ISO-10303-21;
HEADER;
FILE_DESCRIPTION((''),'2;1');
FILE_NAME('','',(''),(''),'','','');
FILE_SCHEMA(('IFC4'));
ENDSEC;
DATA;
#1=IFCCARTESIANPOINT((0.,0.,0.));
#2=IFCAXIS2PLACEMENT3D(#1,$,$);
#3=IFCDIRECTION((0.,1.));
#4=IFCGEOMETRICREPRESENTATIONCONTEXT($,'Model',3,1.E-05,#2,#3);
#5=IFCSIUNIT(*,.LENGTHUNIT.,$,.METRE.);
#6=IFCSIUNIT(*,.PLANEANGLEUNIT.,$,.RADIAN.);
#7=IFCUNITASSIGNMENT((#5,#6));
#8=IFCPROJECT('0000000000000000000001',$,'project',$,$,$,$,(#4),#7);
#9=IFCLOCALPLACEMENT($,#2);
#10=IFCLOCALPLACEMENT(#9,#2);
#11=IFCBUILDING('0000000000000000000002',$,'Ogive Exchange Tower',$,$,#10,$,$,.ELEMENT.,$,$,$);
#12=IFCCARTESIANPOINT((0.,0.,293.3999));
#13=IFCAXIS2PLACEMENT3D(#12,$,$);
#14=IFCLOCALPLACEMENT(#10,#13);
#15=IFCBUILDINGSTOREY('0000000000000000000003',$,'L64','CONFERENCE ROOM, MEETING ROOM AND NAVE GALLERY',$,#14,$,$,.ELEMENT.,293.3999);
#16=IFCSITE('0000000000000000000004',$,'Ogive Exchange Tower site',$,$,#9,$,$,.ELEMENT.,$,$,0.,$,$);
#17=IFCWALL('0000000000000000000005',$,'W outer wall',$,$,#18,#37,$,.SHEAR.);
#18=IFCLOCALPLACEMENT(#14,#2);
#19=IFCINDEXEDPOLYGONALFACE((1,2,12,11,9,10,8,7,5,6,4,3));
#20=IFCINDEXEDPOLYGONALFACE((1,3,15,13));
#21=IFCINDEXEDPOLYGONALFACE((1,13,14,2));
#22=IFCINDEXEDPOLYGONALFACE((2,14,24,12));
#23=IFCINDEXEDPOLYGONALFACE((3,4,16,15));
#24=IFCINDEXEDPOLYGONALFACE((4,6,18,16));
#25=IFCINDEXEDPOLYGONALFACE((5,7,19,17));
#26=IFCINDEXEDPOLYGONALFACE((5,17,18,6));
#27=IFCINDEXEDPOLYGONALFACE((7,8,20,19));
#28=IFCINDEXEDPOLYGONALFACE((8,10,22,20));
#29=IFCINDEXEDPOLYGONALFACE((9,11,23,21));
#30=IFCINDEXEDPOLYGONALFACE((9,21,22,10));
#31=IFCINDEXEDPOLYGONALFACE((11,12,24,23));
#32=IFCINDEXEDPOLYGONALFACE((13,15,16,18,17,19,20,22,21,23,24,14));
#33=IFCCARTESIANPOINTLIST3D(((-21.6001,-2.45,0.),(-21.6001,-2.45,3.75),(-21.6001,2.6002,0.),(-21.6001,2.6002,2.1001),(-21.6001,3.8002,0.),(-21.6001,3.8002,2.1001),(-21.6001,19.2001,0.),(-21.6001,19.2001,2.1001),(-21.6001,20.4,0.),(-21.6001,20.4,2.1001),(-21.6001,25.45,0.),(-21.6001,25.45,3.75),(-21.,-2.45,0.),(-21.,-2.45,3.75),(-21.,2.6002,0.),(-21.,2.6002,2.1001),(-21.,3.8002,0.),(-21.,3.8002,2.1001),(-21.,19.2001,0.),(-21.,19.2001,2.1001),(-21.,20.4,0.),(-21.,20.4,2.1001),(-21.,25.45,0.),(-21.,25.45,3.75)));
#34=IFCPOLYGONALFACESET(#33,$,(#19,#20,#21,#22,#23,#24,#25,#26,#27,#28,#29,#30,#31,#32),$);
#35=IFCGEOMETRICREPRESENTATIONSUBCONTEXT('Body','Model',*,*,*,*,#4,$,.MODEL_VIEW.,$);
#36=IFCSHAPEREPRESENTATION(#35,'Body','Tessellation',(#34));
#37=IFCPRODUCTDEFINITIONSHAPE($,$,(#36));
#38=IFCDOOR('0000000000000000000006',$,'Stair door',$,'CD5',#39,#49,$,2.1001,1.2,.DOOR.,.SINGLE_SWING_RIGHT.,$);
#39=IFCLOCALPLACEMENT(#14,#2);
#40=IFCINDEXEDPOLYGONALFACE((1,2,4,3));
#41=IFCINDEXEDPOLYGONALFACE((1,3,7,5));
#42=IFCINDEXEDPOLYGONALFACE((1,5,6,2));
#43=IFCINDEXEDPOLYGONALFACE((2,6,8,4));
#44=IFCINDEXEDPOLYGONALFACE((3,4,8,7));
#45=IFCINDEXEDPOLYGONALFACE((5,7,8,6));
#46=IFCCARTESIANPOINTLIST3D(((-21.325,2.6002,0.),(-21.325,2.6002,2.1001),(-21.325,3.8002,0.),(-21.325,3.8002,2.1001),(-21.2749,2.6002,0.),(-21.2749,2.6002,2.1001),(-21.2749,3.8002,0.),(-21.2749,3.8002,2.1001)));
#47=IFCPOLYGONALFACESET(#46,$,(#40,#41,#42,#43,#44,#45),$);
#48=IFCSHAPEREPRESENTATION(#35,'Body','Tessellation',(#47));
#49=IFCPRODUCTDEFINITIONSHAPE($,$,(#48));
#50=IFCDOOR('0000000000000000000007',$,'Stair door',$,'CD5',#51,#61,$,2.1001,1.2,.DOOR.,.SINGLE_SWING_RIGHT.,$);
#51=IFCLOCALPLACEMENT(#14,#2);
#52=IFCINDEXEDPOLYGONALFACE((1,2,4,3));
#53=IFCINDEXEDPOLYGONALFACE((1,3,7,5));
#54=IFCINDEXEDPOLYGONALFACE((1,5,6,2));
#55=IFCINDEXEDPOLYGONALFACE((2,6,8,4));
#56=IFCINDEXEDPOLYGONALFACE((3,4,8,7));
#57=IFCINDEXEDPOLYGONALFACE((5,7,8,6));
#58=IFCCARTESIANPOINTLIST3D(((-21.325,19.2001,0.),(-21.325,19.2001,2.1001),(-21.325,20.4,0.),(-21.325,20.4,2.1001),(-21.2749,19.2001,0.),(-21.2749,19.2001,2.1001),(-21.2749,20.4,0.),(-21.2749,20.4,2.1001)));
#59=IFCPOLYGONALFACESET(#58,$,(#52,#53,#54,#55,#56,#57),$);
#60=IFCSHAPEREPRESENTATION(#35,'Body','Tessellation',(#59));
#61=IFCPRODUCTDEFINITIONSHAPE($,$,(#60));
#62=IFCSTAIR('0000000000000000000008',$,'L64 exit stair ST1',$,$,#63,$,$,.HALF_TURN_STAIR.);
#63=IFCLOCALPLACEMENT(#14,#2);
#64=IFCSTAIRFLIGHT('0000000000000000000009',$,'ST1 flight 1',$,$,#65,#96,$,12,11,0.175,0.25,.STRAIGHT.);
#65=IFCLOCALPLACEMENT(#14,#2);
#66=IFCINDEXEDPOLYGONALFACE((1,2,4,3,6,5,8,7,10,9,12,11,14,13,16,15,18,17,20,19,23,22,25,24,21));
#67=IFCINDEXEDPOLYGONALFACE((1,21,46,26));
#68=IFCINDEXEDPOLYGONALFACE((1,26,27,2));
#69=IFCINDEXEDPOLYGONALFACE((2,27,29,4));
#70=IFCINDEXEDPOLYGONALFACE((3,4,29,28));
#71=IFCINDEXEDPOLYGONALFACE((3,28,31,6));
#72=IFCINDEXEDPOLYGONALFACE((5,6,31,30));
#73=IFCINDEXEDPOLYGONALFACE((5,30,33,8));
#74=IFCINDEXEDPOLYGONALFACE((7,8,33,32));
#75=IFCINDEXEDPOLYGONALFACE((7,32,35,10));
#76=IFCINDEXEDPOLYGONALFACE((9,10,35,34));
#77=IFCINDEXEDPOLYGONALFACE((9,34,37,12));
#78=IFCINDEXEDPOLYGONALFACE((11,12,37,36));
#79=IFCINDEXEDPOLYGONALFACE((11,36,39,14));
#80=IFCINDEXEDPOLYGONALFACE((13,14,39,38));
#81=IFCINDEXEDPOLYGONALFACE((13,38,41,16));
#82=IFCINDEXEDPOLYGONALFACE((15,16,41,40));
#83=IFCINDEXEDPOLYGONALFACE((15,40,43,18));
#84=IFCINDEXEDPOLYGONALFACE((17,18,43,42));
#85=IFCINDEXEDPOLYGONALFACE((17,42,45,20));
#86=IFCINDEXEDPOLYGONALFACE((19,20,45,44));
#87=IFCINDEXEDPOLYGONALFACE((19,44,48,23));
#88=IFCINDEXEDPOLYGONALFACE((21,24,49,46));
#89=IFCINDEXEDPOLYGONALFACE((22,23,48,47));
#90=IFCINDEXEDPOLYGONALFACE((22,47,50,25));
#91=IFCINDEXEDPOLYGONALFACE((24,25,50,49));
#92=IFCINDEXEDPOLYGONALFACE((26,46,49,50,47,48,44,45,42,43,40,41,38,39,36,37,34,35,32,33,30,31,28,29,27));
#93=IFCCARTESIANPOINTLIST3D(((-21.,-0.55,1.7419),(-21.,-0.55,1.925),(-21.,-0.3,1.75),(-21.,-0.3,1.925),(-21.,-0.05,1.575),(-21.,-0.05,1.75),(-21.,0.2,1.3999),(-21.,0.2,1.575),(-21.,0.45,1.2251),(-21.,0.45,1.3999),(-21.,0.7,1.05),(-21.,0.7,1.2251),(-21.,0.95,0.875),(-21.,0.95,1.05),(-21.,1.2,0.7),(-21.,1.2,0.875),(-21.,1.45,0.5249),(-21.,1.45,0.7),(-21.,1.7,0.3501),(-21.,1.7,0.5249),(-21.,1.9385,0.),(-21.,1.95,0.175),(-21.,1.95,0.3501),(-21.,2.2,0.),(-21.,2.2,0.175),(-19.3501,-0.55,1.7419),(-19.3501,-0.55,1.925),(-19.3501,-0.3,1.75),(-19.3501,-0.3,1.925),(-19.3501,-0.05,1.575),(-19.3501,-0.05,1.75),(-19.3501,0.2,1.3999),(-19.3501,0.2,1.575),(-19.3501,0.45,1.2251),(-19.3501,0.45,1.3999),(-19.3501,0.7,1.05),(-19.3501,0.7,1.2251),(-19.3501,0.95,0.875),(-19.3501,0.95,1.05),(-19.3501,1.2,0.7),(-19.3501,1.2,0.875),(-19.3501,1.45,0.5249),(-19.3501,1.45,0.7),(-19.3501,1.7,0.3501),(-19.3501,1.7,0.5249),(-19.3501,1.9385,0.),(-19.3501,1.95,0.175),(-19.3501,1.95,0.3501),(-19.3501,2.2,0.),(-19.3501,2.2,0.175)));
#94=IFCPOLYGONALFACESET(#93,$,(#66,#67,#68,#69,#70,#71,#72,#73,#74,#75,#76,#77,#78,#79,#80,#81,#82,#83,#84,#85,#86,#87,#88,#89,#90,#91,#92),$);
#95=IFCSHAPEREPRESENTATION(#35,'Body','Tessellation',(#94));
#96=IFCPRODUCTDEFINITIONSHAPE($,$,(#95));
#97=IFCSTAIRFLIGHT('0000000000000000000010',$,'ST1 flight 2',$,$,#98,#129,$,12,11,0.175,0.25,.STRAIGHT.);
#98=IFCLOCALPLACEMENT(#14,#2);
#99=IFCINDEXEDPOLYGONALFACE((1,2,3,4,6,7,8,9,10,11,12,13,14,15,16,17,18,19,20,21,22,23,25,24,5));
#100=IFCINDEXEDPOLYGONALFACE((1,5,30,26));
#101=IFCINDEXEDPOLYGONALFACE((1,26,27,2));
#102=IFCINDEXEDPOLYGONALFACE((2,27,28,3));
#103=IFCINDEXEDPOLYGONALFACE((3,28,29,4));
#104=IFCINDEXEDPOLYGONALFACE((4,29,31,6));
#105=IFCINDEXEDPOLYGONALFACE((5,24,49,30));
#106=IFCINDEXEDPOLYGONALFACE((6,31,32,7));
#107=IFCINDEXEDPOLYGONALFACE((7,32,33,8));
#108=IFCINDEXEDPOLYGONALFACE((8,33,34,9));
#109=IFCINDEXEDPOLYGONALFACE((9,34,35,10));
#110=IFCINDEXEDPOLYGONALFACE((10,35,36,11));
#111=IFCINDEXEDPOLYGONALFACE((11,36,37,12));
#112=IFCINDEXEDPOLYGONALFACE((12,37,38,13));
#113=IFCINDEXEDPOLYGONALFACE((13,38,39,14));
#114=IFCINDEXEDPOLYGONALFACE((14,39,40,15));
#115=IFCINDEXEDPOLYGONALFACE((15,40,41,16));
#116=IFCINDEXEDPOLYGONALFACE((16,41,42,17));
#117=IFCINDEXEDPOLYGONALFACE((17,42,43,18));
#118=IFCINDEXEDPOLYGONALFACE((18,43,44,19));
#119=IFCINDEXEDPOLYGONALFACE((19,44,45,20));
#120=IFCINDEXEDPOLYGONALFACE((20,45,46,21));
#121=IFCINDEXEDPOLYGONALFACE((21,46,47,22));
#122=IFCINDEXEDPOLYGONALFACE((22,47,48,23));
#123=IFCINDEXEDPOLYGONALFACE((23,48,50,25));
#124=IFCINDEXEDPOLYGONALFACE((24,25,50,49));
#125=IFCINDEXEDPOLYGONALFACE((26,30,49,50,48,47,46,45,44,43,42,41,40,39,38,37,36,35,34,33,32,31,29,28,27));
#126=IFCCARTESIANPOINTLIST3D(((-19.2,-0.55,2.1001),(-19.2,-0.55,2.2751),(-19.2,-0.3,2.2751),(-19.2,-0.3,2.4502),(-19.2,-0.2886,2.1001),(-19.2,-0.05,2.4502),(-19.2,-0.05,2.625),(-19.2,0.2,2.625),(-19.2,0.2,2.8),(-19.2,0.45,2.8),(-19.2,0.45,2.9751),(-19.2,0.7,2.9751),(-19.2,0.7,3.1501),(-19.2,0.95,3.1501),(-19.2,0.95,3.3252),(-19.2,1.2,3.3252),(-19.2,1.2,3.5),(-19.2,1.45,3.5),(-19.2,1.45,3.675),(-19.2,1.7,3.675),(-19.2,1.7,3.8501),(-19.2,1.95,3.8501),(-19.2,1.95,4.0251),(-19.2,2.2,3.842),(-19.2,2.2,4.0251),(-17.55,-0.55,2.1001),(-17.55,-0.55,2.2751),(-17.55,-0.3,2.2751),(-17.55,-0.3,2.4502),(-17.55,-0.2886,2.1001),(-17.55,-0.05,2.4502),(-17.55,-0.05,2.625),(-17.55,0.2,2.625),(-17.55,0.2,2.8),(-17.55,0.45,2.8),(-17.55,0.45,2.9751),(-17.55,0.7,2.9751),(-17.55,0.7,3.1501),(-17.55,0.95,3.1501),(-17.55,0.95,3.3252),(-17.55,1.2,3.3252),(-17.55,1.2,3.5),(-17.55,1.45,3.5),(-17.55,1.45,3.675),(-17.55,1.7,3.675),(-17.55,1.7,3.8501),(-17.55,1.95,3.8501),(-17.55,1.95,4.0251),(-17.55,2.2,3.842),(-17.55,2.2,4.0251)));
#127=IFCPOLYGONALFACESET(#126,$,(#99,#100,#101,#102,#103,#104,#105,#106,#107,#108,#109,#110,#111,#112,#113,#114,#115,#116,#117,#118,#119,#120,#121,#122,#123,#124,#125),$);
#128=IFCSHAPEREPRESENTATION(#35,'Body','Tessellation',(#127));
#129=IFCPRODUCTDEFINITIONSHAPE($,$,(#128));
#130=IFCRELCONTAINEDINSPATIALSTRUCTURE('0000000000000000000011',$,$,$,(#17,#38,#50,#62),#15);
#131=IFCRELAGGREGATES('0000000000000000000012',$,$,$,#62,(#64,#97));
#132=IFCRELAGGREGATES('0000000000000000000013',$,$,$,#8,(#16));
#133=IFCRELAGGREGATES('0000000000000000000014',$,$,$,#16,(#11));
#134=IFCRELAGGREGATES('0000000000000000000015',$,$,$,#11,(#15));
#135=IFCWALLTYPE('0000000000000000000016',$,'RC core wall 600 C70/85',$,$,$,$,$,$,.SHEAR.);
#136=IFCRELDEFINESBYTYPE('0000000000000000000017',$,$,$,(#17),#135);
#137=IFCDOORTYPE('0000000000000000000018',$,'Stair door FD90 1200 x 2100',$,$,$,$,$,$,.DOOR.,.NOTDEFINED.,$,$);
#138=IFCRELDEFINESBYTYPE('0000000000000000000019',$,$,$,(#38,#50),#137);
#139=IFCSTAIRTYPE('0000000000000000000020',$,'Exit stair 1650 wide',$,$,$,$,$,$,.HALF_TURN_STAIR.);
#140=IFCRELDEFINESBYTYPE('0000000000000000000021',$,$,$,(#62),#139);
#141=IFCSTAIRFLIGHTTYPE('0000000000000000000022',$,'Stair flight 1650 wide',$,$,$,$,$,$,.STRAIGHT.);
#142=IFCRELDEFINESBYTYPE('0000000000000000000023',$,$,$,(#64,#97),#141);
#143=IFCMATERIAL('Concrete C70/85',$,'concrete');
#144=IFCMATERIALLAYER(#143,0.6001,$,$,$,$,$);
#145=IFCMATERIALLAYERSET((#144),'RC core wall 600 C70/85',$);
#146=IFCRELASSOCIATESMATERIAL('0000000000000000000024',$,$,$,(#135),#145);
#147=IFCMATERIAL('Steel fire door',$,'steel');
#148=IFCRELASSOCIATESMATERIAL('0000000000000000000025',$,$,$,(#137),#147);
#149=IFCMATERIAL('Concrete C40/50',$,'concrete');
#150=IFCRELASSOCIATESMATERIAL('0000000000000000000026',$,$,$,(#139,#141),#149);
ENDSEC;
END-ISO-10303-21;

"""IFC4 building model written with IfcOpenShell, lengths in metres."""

from ifc_helpers import new_model, si_unit, direction, frame, frame_2d, origin, place, context, subcontext, project, spatial, polyline, rectangle, outline, extrude, material, layer, layer_set, type_object, element, fill, aggregate, save


model = new_model("IFC4")

# Units and contexts
model_context = context("Model", 3, precision=1e-05, world=origin(), true_north=direction((0.0, 1.0)))
body_context = subcontext(model_context, "Body", "Model", "MODEL_VIEW")
ifc_project = project(units=[si_unit("LENGTHUNIT", "METRE"), si_unit("PLANEANGLEUNIT", "RADIAN")], contexts=[model_context])

# Site, building, storey
site_placement = place(None, origin())
site = spatial("IfcSite", under=ifc_project, at=site_placement, Name="Ogive Exchange Tower site", CompositionType="ELEMENT", RefElevation=0.0)
building_placement = place(site_placement, origin())
building = spatial("IfcBuilding", under=site, at=building_placement, Name="Ogive Exchange Tower", CompositionType="ELEMENT")
storey_placement = place(building_placement, frame((0.0, 0.0, 293.3999)))
storey = spatial("IfcBuildingStorey", under=building, at=storey_placement, Name="L64", Description="CONFERENCE ROOM, MEETING ROOM AND NAVE GALLERY", CompositionType="ELEMENT", Elevation=293.3999)

# Shared definitions
ifc_material_1 = material(Name="Concrete C70/85", Category="concrete")
ifc_material_2 = material(Name="Steel fire door", Category="steel")

# Wall, openings, doors
ifc_layer_1 = layer(ifc_material_1, 0.6001)
ifc_layer_set_1 = layer_set([ifc_layer_1], Name="RC core wall 600 C70/85")
wall_type_1 = type_object("IfcWallType", Name="RC core wall 600 C70/85", PredefinedType="SHEAR", material=ifc_layer_set_1)
wall_1_placement = place(storey_placement, frame((-21.3, -2.45, 0.0), z_axis=(0.0, 0.0, 1.0), x_axis=(0.0, 1.0, 0.0)))
wall_1 = element("IfcWall", 1, at=wall_1_placement, inside=storey, type_object=wall_type_1, Name="W outer wall", PredefinedType="SHEAR", context=body_context, shape_type="SweptSolid", body=[
    extrude(rectangle(XDim=27.8999, YDim=0.6001, at=frame_2d((13.95, 0.0))), origin(), (0.0, 0.0, 1.0), 3.75),
])
opening_1_placement = place(wall_1_placement, frame((5.05, 0.0, 0.0)))
opening_1 = element("IfcOpeningElement", 2, at=opening_1_placement, cuts=wall_1, PredefinedType="OPENING", context=body_context, shape_type="SweptSolid", body=[
    extrude(rectangle(XDim=1.2, YDim=2.1001, at=frame_2d((0.6001, 1.05))), frame((0.0, 0.3101, 0.0), z_axis=(0.0, -1.0, 0.0), x_axis=(1.0, 0.0, 0.0)), (0.0, 0.0, 1.0), 0.6201),
])
opening_2_placement = place(wall_1_placement, frame((21.6499, 0.0, 0.0)))
opening_2 = element("IfcOpeningElement", 3, at=opening_2_placement, cuts=wall_1, PredefinedType="OPENING", context=body_context, shape_type="SweptSolid", body=[
    extrude(rectangle(XDim=1.2, YDim=2.1001, at=frame_2d((0.6001, 1.05))), frame((0.0, 0.3101, 0.0), z_axis=(0.0, -1.0, 0.0), x_axis=(1.0, 0.0, 0.0)), (0.0, 0.0, 1.0), 0.6201),
])
door_type_1 = type_object("IfcDoorType", Name="Stair door FD90 1200 x 2100", OperationType="NOTDEFINED", PredefinedType="DOOR", material=ifc_material_2)
door_1_placement = place(opening_1_placement, origin())
door_1 = element("IfcDoor", 4, at=door_1_placement, inside=storey, type_object=door_type_1, Name="Stair door", ObjectType="CD5", OperationType="SINGLE_SWING_RIGHT", OverallHeight=2.1001, OverallWidth=1.2, PredefinedType="DOOR", context=body_context, shape_type="SweptSolid", body=[
    extrude(rectangle(XDim=1.2, YDim=2.1001, at=frame_2d((0.6001, 1.05))), frame((0.0, 0.0249, 0.0), z_axis=(0.0, -1.0, 0.0), x_axis=(1.0, 0.0, 0.0)), (0.0, 0.0, 1.0), 0.05),
])
fill(opening_1, door_1)
door_2_placement = place(opening_2_placement, origin())
door_2 = element("IfcDoor", 5, at=door_2_placement, inside=storey, type_object=door_type_1, Name="Stair door", ObjectType="CD5", OperationType="SINGLE_SWING_RIGHT", OverallHeight=2.1001, OverallWidth=1.2, PredefinedType="DOOR", context=body_context, shape_type="SweptSolid", body=[
    extrude(rectangle(XDim=1.2, YDim=2.1001, at=frame_2d((0.6001, 1.05))), frame((0.0, 0.0249, 0.0), z_axis=(0.0, -1.0, 0.0), x_axis=(1.0, 0.0, 0.0)), (0.0, 0.0, 1.0), 0.05),
])
fill(opening_2, door_2)

# Stair, stair flights
ifc_material_3 = material(Name="Concrete C40/50", Category="concrete")
stair_type = type_object("IfcStairType", Name="Exit stair 1650 wide", PredefinedType="HALF_TURN_STAIR", material=ifc_material_3)
stair_placement = place(storey_placement, origin())
stair = element("IfcStair", 6, at=stair_placement, inside=storey, type_object=stair_type, Name="L64 exit stair ST1", PredefinedType="HALF_TURN_STAIR")
stair_flight_type = type_object("IfcStairFlightType", Name="Stair flight 1650 wide", PredefinedType="STRAIGHT", material=ifc_material_3)
stair_flight_1_placement = place(storey_placement, frame((-20.175, 2.2, 0.0), z_axis=(0.0, 0.0, 1.0), x_axis=(0.0, -1.0, 0.0)))
stair_flight_1 = element("IfcStairFlight", 7, at=stair_flight_1_placement, type_object=stair_flight_type, Name="ST1 flight 1", NumberOfRisers=12, NumberOfTreads=11, PredefinedType="STRAIGHT", RiserHeight=0.175, TreadLength=0.25, context=body_context, shape_type="SweptSolid", body=[
    extrude(outline(polyline([(0.0, 0.0), (0.0, 0.175), (0.25, 0.175), (0.25, 0.3501), (0.5, 0.3501), (0.5, 0.5249), (0.75, 0.5249), (0.75, 0.7), (1.0, 0.7), (1.0, 0.875), (1.25, 0.875), (1.25, 1.05), (1.5, 1.05), (1.5, 1.2251), (1.75, 1.2251), (1.75, 1.3999), (2.0, 1.3999), (2.0, 1.575), (2.25, 1.575), (2.25, 1.75), (2.5, 1.75), (2.5, 1.925), (2.75, 1.925), (2.75, 2.1001), (2.75, 1.7419), (0.2615, 0.0), (0.0, 0.0)])), frame((0.0, 0.825, 0.0), z_axis=(0.0, -1.0, 0.0), x_axis=(1.0, 0.0, 0.0)), (0.0, 0.0, 1.0), 1.6499),
])
stair_flight_2_placement = place(storey_placement, frame((-18.375, -0.55, 2.1001), z_axis=(0.0, 0.0, 1.0), x_axis=(0.0, 1.0, 0.0)))
stair_flight_2 = element("IfcStairFlight", 8, at=stair_flight_2_placement, type_object=stair_flight_type, Name="ST1 flight 2", NumberOfRisers=12, NumberOfTreads=11, PredefinedType="STRAIGHT", RiserHeight=0.175, TreadLength=0.25, context=body_context, shape_type="SweptSolid", body=[
    extrude(outline(polyline([(0.0, 0.0), (0.0, 0.175), (0.25, 0.175), (0.25, 0.3501), (0.5, 0.3501), (0.5, 0.5249), (0.75, 0.5249), (0.75, 0.7), (1.0, 0.7), (1.0, 0.875), (1.25, 0.875), (1.25, 1.05), (1.5, 1.05), (1.5, 1.2251), (1.75, 1.2251), (1.75, 1.3999), (2.0, 1.3999), (2.0, 1.575), (2.25, 1.575), (2.25, 1.75), (2.5, 1.75), (2.5, 1.925), (2.75, 1.925), (2.75, 2.1001), (2.75, 1.7419), (0.2615, 0.0), (0.0, 0.0)])), frame((0.0, 0.825, 0.0), z_axis=(0.0, -1.0, 0.0), x_axis=(1.0, 0.0, 0.0)), (0.0, 0.0, 1.0), 1.6499),
])
aggregate(stair, [stair_flight_1, stair_flight_2])

save(model, "model.ifc")
